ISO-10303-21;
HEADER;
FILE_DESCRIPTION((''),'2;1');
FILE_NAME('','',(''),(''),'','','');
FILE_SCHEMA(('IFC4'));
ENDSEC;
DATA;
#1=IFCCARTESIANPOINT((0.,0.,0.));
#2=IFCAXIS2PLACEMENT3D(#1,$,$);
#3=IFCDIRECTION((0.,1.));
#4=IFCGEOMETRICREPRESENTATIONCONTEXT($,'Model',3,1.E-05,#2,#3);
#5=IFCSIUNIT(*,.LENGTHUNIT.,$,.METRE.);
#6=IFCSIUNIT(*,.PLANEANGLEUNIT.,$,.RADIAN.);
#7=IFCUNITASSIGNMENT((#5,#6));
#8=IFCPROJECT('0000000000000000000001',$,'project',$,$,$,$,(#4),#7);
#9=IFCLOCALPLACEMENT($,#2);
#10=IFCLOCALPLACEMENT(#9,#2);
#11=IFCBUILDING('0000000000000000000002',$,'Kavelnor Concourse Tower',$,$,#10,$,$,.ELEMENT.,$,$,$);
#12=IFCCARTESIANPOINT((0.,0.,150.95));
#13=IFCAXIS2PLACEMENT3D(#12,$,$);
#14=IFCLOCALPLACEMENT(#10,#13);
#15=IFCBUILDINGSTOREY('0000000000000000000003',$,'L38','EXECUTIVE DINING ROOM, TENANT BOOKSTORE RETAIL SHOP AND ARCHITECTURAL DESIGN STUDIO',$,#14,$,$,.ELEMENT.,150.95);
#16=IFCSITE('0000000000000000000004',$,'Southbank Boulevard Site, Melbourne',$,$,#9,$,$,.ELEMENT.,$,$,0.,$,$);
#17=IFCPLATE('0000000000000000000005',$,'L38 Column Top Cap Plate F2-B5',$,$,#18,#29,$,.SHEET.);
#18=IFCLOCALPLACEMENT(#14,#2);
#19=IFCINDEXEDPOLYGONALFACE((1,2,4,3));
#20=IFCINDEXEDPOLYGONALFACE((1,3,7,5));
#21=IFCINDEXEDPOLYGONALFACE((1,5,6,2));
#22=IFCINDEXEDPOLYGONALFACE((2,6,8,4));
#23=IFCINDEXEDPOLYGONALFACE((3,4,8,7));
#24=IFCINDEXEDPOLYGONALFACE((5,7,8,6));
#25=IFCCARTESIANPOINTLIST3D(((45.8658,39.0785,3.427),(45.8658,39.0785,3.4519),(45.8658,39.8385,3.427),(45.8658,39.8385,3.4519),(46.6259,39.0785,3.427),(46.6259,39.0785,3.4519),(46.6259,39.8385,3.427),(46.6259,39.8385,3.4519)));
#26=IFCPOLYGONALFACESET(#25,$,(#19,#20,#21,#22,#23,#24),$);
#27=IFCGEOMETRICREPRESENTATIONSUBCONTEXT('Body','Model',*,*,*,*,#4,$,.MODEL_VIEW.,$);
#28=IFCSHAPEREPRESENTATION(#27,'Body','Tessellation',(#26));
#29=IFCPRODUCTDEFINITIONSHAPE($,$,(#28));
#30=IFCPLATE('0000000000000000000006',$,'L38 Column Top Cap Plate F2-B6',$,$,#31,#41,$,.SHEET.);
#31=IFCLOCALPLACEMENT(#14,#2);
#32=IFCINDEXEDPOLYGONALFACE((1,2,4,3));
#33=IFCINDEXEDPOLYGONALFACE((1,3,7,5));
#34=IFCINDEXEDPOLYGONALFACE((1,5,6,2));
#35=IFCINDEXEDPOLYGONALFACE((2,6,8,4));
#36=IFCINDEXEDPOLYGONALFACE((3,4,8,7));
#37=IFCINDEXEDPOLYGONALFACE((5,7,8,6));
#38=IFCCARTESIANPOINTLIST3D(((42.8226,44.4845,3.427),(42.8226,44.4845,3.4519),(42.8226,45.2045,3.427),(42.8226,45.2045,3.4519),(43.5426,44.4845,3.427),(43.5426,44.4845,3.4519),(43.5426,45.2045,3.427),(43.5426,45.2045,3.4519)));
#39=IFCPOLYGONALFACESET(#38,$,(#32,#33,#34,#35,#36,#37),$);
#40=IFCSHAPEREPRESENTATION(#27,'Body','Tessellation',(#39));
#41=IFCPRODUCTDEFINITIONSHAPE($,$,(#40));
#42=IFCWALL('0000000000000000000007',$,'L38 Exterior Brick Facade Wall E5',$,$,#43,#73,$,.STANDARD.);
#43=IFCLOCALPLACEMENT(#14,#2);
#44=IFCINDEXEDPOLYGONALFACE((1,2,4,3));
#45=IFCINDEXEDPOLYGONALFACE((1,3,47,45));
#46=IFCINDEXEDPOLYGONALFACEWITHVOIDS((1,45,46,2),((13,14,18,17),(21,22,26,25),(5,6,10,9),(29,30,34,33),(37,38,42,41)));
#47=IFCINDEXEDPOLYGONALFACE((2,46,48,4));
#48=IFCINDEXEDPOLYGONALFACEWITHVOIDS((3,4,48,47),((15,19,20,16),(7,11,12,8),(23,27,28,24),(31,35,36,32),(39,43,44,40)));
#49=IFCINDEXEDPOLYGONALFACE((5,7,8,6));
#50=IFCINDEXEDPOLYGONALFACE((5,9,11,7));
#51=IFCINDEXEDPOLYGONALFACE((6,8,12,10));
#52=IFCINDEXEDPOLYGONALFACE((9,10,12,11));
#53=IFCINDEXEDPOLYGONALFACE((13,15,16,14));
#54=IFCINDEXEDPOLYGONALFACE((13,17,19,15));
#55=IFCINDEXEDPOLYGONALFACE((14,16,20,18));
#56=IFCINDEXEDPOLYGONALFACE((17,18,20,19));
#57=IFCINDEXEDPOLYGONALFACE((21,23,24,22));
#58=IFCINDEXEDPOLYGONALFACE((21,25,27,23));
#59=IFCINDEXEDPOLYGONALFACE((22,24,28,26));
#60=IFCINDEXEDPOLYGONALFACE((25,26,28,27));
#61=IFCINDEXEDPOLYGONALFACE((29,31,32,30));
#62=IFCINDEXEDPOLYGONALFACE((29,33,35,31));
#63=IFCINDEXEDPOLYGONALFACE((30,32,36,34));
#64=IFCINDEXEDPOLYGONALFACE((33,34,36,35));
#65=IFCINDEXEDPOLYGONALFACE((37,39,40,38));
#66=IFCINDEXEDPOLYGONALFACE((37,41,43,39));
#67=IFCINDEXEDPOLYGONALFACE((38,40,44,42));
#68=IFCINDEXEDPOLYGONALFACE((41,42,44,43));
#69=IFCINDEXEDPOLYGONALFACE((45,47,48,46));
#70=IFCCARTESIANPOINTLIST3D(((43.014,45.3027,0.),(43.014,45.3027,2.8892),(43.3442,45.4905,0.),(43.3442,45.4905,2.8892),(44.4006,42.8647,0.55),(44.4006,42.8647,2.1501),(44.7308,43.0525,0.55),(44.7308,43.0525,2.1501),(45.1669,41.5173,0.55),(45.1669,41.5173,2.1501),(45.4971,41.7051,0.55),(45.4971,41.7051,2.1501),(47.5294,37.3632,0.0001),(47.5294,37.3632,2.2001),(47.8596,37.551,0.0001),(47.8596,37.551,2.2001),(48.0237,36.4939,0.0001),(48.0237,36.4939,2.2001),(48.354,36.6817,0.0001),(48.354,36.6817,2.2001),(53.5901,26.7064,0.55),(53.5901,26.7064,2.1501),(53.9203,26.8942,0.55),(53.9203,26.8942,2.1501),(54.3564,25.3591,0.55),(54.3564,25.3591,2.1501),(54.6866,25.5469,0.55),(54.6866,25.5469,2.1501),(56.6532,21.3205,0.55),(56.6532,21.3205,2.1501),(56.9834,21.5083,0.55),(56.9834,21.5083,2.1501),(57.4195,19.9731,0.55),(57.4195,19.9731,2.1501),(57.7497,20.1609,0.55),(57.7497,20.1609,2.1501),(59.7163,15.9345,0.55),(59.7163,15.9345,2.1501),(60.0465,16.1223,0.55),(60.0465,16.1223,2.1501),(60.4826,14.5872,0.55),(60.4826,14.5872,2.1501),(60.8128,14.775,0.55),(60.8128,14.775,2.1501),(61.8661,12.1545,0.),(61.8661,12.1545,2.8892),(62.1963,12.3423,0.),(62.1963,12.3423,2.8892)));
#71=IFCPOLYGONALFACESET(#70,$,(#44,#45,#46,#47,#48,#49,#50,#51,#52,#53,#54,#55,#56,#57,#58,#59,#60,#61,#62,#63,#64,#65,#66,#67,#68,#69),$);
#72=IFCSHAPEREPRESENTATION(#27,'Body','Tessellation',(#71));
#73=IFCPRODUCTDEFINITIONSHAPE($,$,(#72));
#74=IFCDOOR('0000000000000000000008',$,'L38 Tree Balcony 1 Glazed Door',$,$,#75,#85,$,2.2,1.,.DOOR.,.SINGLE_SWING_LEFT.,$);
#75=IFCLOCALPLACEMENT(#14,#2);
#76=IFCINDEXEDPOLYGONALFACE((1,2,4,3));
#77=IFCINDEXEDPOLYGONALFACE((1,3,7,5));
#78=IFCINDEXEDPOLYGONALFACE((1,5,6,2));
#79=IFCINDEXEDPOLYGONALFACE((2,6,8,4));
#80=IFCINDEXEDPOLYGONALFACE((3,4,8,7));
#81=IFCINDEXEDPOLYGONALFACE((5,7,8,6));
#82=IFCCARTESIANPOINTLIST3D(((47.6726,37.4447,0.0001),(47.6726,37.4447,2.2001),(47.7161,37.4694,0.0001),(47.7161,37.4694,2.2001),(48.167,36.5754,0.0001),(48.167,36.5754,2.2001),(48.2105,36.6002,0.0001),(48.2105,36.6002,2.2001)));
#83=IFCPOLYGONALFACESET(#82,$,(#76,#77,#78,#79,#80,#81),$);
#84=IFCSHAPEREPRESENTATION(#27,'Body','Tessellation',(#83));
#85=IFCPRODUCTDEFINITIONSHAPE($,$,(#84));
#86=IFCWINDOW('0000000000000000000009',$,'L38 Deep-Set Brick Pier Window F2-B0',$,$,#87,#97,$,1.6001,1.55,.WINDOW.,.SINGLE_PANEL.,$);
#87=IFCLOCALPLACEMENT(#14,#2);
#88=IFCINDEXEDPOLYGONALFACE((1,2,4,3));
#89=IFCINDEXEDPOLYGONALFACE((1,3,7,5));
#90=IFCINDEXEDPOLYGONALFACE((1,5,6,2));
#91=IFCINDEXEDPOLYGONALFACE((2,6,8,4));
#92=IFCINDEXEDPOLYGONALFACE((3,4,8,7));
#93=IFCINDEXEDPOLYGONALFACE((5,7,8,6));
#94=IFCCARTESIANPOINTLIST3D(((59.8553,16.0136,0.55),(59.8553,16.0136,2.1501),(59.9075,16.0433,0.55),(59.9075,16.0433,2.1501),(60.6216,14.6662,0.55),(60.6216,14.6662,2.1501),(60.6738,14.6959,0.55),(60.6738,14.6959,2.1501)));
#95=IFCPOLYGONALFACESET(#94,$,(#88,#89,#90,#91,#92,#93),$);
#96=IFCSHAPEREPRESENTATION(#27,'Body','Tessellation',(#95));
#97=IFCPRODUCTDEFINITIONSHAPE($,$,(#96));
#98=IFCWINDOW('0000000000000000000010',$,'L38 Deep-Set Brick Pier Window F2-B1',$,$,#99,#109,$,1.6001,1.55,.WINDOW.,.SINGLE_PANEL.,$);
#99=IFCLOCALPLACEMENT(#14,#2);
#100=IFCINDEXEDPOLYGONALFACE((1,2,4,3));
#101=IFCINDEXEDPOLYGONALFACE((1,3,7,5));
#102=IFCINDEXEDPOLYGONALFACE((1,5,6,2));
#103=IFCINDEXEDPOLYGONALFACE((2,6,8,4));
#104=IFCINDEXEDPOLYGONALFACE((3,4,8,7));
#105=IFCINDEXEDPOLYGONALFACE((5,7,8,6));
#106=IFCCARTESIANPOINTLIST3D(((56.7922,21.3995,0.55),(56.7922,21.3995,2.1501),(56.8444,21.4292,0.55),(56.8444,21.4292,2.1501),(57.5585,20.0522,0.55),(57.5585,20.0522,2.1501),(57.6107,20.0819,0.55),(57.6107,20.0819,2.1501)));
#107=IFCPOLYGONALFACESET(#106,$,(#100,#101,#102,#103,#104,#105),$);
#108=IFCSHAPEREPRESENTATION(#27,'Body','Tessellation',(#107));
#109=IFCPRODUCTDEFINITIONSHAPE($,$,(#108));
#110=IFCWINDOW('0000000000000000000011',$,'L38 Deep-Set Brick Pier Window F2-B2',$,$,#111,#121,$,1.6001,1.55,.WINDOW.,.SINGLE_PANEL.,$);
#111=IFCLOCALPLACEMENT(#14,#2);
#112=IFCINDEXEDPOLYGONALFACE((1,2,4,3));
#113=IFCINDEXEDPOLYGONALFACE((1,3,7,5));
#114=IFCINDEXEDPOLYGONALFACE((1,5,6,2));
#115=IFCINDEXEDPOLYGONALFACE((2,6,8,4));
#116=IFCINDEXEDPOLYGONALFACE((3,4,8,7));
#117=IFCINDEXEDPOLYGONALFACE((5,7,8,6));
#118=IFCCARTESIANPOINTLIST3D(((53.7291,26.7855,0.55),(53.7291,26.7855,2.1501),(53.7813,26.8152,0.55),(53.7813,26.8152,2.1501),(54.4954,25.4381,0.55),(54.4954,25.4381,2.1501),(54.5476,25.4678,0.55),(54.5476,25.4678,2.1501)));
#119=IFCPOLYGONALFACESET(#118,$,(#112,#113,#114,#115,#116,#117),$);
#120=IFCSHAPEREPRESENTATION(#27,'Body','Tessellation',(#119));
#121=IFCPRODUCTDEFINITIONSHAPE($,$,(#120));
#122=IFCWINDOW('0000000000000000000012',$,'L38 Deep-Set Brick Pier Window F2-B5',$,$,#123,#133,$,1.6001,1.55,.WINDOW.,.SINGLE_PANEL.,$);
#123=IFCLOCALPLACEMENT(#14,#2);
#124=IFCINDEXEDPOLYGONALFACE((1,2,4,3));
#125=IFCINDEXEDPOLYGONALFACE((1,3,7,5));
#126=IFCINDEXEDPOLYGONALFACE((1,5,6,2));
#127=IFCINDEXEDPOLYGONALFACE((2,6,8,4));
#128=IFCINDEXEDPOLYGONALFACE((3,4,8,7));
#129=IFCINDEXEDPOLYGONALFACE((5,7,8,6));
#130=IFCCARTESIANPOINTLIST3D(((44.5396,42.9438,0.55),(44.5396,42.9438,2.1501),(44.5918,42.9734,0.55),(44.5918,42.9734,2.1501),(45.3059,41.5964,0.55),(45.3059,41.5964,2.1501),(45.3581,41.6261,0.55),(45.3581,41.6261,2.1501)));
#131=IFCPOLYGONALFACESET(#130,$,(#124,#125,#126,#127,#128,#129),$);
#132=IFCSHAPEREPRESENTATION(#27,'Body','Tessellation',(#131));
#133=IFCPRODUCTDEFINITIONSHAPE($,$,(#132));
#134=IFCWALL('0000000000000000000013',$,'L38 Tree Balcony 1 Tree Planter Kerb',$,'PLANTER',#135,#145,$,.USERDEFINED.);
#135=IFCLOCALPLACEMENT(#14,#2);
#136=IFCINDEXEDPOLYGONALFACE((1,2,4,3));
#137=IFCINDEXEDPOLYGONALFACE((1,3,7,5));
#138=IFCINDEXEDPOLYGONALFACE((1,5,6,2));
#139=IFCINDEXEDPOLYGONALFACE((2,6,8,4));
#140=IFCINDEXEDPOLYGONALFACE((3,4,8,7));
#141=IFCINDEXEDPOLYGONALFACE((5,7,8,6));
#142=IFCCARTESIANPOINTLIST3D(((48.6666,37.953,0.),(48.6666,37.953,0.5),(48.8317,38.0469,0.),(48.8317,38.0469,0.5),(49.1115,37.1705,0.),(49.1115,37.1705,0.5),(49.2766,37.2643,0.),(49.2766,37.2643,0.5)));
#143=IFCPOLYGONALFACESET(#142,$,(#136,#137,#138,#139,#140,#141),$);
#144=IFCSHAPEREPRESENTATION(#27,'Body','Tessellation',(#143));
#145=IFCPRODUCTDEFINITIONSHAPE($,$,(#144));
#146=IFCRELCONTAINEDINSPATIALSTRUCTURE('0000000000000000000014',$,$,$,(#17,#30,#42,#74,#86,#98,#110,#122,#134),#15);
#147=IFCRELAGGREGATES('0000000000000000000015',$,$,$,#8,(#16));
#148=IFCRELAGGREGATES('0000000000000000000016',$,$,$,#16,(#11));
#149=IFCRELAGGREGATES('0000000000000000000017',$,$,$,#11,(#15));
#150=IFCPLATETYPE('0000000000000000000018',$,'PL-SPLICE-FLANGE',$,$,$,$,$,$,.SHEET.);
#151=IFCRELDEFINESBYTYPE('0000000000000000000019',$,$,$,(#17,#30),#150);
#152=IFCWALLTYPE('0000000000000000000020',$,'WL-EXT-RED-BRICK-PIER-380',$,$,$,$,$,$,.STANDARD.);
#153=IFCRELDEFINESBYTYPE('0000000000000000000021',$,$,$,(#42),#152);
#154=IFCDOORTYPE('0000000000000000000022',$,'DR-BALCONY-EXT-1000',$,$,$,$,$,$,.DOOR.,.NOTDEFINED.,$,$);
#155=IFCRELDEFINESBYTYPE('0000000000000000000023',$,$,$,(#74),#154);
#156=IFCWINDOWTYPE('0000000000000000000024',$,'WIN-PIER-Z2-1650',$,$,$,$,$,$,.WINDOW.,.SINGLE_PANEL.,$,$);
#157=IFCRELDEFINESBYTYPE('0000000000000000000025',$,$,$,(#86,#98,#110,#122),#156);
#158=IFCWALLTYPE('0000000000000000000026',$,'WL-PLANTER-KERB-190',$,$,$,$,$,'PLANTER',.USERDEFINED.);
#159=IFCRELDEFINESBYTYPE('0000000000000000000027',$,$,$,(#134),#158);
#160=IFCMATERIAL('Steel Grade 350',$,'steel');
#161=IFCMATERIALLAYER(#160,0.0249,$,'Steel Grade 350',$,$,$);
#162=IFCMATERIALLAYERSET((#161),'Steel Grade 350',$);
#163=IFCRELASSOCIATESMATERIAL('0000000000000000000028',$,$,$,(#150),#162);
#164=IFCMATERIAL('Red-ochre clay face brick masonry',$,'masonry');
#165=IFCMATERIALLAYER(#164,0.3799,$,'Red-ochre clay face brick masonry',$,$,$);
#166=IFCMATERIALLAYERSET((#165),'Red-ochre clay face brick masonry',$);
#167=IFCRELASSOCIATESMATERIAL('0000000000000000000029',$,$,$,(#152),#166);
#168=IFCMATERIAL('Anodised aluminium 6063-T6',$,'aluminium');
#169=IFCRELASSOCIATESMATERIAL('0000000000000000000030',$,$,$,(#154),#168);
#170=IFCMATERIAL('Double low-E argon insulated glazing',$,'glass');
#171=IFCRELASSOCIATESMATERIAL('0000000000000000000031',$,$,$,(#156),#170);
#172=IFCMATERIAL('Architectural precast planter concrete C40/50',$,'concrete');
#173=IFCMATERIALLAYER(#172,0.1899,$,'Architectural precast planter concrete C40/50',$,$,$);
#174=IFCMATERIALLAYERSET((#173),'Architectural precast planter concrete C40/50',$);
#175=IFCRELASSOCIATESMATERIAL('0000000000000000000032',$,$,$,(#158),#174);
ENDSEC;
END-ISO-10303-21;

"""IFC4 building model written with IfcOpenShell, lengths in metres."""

from ifc_helpers import new_model, si_unit, direction, frame, frame_2d, origin, origin_2d, place, context, subcontext, project, spatial, rectangle, extrude, material, layer, layer_set, type_object, element, fill, save


model = new_model("IFC4")

# Units and contexts
model_context = context("Model", 3, precision=1e-05, world=origin(), true_north=direction((0.0, 1.0)))
body_context = subcontext(model_context, "Body", "Model", "MODEL_VIEW")
ifc_project = project(units=[si_unit("LENGTHUNIT", "METRE"), si_unit("PLANEANGLEUNIT", "RADIAN")], contexts=[model_context])

# Site, building, storey
site_placement = place(None, origin())
site = spatial("IfcSite", under=ifc_project, at=site_placement, Name="Southbank Boulevard Site, Melbourne", CompositionType="ELEMENT", RefElevation=0.0)
building_placement = place(site_placement, origin())
building = spatial("IfcBuilding", under=site, at=building_placement, Name="Kavelnor Concourse Tower", CompositionType="ELEMENT")
storey_placement = place(building_placement, frame((0.0, 0.0, 150.95)))
storey = spatial("IfcBuildingStorey", under=building, at=storey_placement, Name="L38", Description="EXECUTIVE DINING ROOM, TENANT BOOKSTORE RETAIL SHOP AND ARCHITECTURAL DESIGN STUDIO", CompositionType="ELEMENT", Elevation=150.95)

# Shared definitions
ifc_material_1 = material(Name="Steel Grade 350", Category="steel")

# Plates
ifc_layer_1 = layer(ifc_material_1, 0.0249, Name="Steel Grade 350")
ifc_layer_set_1 = layer_set([ifc_layer_1], Name="Steel Grade 350")
plate_type_1 = type_object("IfcPlateType", Name="PL-SPLICE-FLANGE", PredefinedType="SHEET", material=ifc_layer_set_1)
plate_1_placement = place(storey_placement, frame((46.2458, 39.4585, 3.427), z_axis=(0.0, 0.0, 1.0), x_axis=(1.0, 0.0, 0.0)))
element("IfcPlate", 1, at=plate_1_placement, inside=storey, type_object=plate_type_1, Name="L38 Column Top Cap Plate F2-B5", PredefinedType="SHEET", context=body_context, shape_type="SweptSolid", body=[
    extrude(rectangle(XDim=0.76, YDim=0.76, at=origin_2d()), origin(), (0.0, 0.0, 1.0), 0.0249),
])
plate_2_placement = place(storey_placement, frame((43.1826, 44.8445, 3.427), z_axis=(0.0, 0.0, 1.0), x_axis=(1.0, 0.0, 0.0)))
element("IfcPlate", 2, at=plate_2_placement, inside=storey, type_object=plate_type_1, Name="L38 Column Top Cap Plate F2-B6", PredefinedType="SHEET", context=body_context, shape_type="SweptSolid", body=[
    extrude(rectangle(XDim=0.72, YDim=0.72, at=origin_2d()), origin(), (0.0, 0.0, 1.0), 0.0249),
])

# Wall, openings, door, windows
ifc_material_2 = material(Name="Red-ochre clay face brick masonry", Category="masonry")
ifc_layer_2 = layer(ifc_material_2, 0.3799, Name="Red-ochre clay face brick masonry")
ifc_layer_set_2 = layer_set([ifc_layer_2], Name="Red-ochre clay face brick masonry")
wall_type_1 = type_object("IfcWallType", Name="WL-EXT-RED-BRICK-PIER-380", PredefinedType="STANDARD", material=ifc_layer_set_2)
wall_1_placement = place(storey_placement, frame((43.1792, 45.3965, 0.0), z_axis=(0.0, 0.0, 1.0), x_axis=(0.494363, -0.869255, 0.0)))
wall_1 = element("IfcWall", 3, at=wall_1_placement, inside=storey, type_object=wall_type_1, Name="L38 Exterior Brick Facade Wall E5", PredefinedType="STANDARD", context=body_context, shape_type="SweptSolid", body=[
    extrude(rectangle(XDim=38.134, YDim=0.3799, at=frame_2d((19.0669, 0.0))), origin(), (0.0, 0.0, 1.0), 2.8892),
])
opening_1_placement = place(wall_1_placement, frame((9.1335, 0.0, 0.0)))
opening_1 = element("IfcOpeningElement", 4, at=opening_1_placement, cuts=wall_1, PredefinedType="OPENING", context=body_context, shape_type="SweptSolid", body=[
    extrude(rectangle(XDim=1.0, YDim=2.2, at=frame_2d((0.5, 1.1001))), frame((0.0, 0.2, 0.0), z_axis=(0.0, -1.0, 0.0), x_axis=(1.0, 0.0, 0.0)), (0.0, 0.0, 1.0), 0.3999),
])
opening_2_placement = place(wall_1_placement, frame((33.7854, 0.0, 0.55)))
opening_2 = element("IfcOpeningElement", 5, at=opening_2_placement, cuts=wall_1, PredefinedType="OPENING", context=body_context, shape_type="SweptSolid", body=[
    extrude(rectangle(XDim=1.55, YDim=1.6001, at=frame_2d((0.7749, 0.8))), frame((0.0, 0.2, 0.0), z_axis=(0.0, -1.0, 0.0), x_axis=(1.0, 0.0, 0.0)), (0.0, 0.0, 1.0), 0.3999),
])
opening_3_placement = place(wall_1_placement, frame((27.5894, 0.0, 0.55)))
opening_3 = element("IfcOpeningElement", 6, at=opening_3_placement, cuts=wall_1, PredefinedType="OPENING", context=body_context, shape_type="SweptSolid", body=[
    extrude(rectangle(XDim=1.55, YDim=1.6001, at=frame_2d((0.7749, 0.8))), frame((0.0, 0.2, 0.0), z_axis=(0.0, -1.0, 0.0), x_axis=(1.0, 0.0, 0.0)), (0.0, 0.0, 1.0), 0.3999),
])
opening_4_placement = place(wall_1_placement, frame((21.3933, 0.0, 0.55)))
opening_4 = element("IfcOpeningElement", 7, at=opening_4_placement, cuts=wall_1, PredefinedType="OPENING", context=body_context, shape_type="SweptSolid", body=[
    extrude(rectangle(XDim=1.55, YDim=1.6001, at=frame_2d((0.7749, 0.8))), frame((0.0, 0.2, 0.0), z_axis=(0.0, -1.0, 0.0), x_axis=(1.0, 0.0, 0.0)), (0.0, 0.0, 1.0), 0.3999),
])
opening_5_placement = place(wall_1_placement, frame((2.8047, 0.0, 0.55)))
opening_5 = element("IfcOpeningElement", 8, at=opening_5_placement, cuts=wall_1, PredefinedType="OPENING", context=body_context, shape_type="SweptSolid", body=[
    extrude(rectangle(XDim=1.55, YDim=1.6001, at=frame_2d((0.7749, 0.8))), frame((0.0, 0.2, 0.0), z_axis=(0.0, -1.0, 0.0), x_axis=(1.0, 0.0, 0.0)), (0.0, 0.0, 1.0), 0.3999),
])
ifc_material_3 = material(Name="Anodised aluminium 6063-T6", Category="aluminium")
door_type = type_object("IfcDoorType", Name="DR-BALCONY-EXT-1000", OperationType="NOTDEFINED", PredefinedType="DOOR", material=ifc_material_3)
door_placement = place(opening_1_placement, origin())
door = element("IfcDoor", 9, at=door_placement, inside=storey, type_object=door_type, Name="L38 Tree Balcony 1 Glazed Door", OperationType="SINGLE_SWING_LEFT", OverallHeight=2.2, OverallWidth=1.0, PredefinedType="DOOR", context=body_context, shape_type="SweptSolid", body=[
    extrude(rectangle(XDim=1.0, YDim=2.2, at=frame_2d((0.5, 1.1001))), frame((0.0, 0.0249, 0.0), z_axis=(0.0, -1.0, 0.0), x_axis=(1.0, 0.0, 0.0)), (0.0, 0.0, 1.0), 0.05),
])
fill(opening_1, door)
ifc_material_4 = material(Name="Double low-E argon insulated glazing", Category="glass")
window_type = type_object("IfcWindowType", Name="WIN-PIER-Z2-1650", PartitioningType="SINGLE_PANEL", PredefinedType="WINDOW", material=ifc_material_4)
window_1_placement = place(opening_2_placement, origin())
window_1 = element("IfcWindow", 10, at=window_1_placement, inside=storey, type_object=window_type, Name="L38 Deep-Set Brick Pier Window F2-B0", OverallHeight=1.6001, OverallWidth=1.55, PartitioningType="SINGLE_PANEL", PredefinedType="WINDOW", context=body_context, shape_type="SweptSolid", body=[
    extrude(rectangle(XDim=1.55, YDim=1.6001, at=frame_2d((0.7749, 0.8))), frame((0.0, 0.03, 0.0), z_axis=(0.0, -1.0, 0.0), x_axis=(1.0, 0.0, 0.0)), (0.0, 0.0, 1.0), 0.0601),
])
fill(opening_2, window_1)
window_2_placement = place(opening_3_placement, origin())
window_2 = element("IfcWindow", 11, at=window_2_placement, inside=storey, type_object=window_type, Name="L38 Deep-Set Brick Pier Window F2-B1", OverallHeight=1.6001, OverallWidth=1.55, PartitioningType="SINGLE_PANEL", PredefinedType="WINDOW", context=body_context, shape_type="SweptSolid", body=[
    extrude(rectangle(XDim=1.55, YDim=1.6001, at=frame_2d((0.7749, 0.8))), frame((0.0, 0.03, 0.0), z_axis=(0.0, -1.0, 0.0), x_axis=(1.0, 0.0, 0.0)), (0.0, 0.0, 1.0), 0.0601),
])
fill(opening_3, window_2)
window_3_placement = place(opening_4_placement, origin())
window_3 = element("IfcWindow", 12, at=window_3_placement, inside=storey, type_object=window_type, Name="L38 Deep-Set Brick Pier Window F2-B2", OverallHeight=1.6001, OverallWidth=1.55, PartitioningType="SINGLE_PANEL", PredefinedType="WINDOW", context=body_context, shape_type="SweptSolid", body=[
    extrude(rectangle(XDim=1.55, YDim=1.6001, at=frame_2d((0.7749, 0.8))), frame((0.0, 0.03, 0.0), z_axis=(0.0, -1.0, 0.0), x_axis=(1.0, 0.0, 0.0)), (0.0, 0.0, 1.0), 0.0601),
])
fill(opening_4, window_3)
window_4_placement = place(opening_5_placement, origin())
window_4 = element("IfcWindow", 13, at=window_4_placement, inside=storey, type_object=window_type, Name="L38 Deep-Set Brick Pier Window F2-B5", OverallHeight=1.6001, OverallWidth=1.55, PartitioningType="SINGLE_PANEL", PredefinedType="WINDOW", context=body_context, shape_type="SweptSolid", body=[
    extrude(rectangle(XDim=1.55, YDim=1.6001, at=frame_2d((0.7749, 0.8))), frame((0.0, 0.03, 0.0), z_axis=(0.0, -1.0, 0.0), x_axis=(1.0, 0.0, 0.0)), (0.0, 0.0, 1.0), 0.0601),
])
fill(opening_5, window_4)

# Wall
ifc_material_5 = material(Name="Architectural precast planter concrete C40/50", Category="concrete")
ifc_layer_3 = layer(ifc_material_5, 0.1899, Name="Architectural precast planter concrete C40/50")
ifc_layer_set_3 = layer_set([ifc_layer_3], Name="Architectural precast planter concrete C40/50")
wall_type_2 = type_object("IfcWallType", Name="WL-PLANTER-KERB-190", ElementType="PLANTER", PredefinedType="USERDEFINED", material=ifc_layer_set_3)
wall_2_placement = place(storey_placement, frame((49.1941, 37.2173, 0.0), z_axis=(0.0, 0.0, 1.0), x_axis=(-0.49421, 0.869343, 0.0)))
element("IfcWall", 14, at=wall_2_placement, inside=storey, type_object=wall_type_2, Name="L38 Tree Balcony 1 Tree Planter Kerb", ObjectType="PLANTER", PredefinedType="USERDEFINED", context=body_context, shape_type="SweptSolid", body=[
    extrude(rectangle(XDim=0.9001, YDim=0.1899, at=frame_2d((0.4502, 0.0))), origin(), (0.0, 0.0, 1.0), 0.5),
])

save(model, "model.ifc")
